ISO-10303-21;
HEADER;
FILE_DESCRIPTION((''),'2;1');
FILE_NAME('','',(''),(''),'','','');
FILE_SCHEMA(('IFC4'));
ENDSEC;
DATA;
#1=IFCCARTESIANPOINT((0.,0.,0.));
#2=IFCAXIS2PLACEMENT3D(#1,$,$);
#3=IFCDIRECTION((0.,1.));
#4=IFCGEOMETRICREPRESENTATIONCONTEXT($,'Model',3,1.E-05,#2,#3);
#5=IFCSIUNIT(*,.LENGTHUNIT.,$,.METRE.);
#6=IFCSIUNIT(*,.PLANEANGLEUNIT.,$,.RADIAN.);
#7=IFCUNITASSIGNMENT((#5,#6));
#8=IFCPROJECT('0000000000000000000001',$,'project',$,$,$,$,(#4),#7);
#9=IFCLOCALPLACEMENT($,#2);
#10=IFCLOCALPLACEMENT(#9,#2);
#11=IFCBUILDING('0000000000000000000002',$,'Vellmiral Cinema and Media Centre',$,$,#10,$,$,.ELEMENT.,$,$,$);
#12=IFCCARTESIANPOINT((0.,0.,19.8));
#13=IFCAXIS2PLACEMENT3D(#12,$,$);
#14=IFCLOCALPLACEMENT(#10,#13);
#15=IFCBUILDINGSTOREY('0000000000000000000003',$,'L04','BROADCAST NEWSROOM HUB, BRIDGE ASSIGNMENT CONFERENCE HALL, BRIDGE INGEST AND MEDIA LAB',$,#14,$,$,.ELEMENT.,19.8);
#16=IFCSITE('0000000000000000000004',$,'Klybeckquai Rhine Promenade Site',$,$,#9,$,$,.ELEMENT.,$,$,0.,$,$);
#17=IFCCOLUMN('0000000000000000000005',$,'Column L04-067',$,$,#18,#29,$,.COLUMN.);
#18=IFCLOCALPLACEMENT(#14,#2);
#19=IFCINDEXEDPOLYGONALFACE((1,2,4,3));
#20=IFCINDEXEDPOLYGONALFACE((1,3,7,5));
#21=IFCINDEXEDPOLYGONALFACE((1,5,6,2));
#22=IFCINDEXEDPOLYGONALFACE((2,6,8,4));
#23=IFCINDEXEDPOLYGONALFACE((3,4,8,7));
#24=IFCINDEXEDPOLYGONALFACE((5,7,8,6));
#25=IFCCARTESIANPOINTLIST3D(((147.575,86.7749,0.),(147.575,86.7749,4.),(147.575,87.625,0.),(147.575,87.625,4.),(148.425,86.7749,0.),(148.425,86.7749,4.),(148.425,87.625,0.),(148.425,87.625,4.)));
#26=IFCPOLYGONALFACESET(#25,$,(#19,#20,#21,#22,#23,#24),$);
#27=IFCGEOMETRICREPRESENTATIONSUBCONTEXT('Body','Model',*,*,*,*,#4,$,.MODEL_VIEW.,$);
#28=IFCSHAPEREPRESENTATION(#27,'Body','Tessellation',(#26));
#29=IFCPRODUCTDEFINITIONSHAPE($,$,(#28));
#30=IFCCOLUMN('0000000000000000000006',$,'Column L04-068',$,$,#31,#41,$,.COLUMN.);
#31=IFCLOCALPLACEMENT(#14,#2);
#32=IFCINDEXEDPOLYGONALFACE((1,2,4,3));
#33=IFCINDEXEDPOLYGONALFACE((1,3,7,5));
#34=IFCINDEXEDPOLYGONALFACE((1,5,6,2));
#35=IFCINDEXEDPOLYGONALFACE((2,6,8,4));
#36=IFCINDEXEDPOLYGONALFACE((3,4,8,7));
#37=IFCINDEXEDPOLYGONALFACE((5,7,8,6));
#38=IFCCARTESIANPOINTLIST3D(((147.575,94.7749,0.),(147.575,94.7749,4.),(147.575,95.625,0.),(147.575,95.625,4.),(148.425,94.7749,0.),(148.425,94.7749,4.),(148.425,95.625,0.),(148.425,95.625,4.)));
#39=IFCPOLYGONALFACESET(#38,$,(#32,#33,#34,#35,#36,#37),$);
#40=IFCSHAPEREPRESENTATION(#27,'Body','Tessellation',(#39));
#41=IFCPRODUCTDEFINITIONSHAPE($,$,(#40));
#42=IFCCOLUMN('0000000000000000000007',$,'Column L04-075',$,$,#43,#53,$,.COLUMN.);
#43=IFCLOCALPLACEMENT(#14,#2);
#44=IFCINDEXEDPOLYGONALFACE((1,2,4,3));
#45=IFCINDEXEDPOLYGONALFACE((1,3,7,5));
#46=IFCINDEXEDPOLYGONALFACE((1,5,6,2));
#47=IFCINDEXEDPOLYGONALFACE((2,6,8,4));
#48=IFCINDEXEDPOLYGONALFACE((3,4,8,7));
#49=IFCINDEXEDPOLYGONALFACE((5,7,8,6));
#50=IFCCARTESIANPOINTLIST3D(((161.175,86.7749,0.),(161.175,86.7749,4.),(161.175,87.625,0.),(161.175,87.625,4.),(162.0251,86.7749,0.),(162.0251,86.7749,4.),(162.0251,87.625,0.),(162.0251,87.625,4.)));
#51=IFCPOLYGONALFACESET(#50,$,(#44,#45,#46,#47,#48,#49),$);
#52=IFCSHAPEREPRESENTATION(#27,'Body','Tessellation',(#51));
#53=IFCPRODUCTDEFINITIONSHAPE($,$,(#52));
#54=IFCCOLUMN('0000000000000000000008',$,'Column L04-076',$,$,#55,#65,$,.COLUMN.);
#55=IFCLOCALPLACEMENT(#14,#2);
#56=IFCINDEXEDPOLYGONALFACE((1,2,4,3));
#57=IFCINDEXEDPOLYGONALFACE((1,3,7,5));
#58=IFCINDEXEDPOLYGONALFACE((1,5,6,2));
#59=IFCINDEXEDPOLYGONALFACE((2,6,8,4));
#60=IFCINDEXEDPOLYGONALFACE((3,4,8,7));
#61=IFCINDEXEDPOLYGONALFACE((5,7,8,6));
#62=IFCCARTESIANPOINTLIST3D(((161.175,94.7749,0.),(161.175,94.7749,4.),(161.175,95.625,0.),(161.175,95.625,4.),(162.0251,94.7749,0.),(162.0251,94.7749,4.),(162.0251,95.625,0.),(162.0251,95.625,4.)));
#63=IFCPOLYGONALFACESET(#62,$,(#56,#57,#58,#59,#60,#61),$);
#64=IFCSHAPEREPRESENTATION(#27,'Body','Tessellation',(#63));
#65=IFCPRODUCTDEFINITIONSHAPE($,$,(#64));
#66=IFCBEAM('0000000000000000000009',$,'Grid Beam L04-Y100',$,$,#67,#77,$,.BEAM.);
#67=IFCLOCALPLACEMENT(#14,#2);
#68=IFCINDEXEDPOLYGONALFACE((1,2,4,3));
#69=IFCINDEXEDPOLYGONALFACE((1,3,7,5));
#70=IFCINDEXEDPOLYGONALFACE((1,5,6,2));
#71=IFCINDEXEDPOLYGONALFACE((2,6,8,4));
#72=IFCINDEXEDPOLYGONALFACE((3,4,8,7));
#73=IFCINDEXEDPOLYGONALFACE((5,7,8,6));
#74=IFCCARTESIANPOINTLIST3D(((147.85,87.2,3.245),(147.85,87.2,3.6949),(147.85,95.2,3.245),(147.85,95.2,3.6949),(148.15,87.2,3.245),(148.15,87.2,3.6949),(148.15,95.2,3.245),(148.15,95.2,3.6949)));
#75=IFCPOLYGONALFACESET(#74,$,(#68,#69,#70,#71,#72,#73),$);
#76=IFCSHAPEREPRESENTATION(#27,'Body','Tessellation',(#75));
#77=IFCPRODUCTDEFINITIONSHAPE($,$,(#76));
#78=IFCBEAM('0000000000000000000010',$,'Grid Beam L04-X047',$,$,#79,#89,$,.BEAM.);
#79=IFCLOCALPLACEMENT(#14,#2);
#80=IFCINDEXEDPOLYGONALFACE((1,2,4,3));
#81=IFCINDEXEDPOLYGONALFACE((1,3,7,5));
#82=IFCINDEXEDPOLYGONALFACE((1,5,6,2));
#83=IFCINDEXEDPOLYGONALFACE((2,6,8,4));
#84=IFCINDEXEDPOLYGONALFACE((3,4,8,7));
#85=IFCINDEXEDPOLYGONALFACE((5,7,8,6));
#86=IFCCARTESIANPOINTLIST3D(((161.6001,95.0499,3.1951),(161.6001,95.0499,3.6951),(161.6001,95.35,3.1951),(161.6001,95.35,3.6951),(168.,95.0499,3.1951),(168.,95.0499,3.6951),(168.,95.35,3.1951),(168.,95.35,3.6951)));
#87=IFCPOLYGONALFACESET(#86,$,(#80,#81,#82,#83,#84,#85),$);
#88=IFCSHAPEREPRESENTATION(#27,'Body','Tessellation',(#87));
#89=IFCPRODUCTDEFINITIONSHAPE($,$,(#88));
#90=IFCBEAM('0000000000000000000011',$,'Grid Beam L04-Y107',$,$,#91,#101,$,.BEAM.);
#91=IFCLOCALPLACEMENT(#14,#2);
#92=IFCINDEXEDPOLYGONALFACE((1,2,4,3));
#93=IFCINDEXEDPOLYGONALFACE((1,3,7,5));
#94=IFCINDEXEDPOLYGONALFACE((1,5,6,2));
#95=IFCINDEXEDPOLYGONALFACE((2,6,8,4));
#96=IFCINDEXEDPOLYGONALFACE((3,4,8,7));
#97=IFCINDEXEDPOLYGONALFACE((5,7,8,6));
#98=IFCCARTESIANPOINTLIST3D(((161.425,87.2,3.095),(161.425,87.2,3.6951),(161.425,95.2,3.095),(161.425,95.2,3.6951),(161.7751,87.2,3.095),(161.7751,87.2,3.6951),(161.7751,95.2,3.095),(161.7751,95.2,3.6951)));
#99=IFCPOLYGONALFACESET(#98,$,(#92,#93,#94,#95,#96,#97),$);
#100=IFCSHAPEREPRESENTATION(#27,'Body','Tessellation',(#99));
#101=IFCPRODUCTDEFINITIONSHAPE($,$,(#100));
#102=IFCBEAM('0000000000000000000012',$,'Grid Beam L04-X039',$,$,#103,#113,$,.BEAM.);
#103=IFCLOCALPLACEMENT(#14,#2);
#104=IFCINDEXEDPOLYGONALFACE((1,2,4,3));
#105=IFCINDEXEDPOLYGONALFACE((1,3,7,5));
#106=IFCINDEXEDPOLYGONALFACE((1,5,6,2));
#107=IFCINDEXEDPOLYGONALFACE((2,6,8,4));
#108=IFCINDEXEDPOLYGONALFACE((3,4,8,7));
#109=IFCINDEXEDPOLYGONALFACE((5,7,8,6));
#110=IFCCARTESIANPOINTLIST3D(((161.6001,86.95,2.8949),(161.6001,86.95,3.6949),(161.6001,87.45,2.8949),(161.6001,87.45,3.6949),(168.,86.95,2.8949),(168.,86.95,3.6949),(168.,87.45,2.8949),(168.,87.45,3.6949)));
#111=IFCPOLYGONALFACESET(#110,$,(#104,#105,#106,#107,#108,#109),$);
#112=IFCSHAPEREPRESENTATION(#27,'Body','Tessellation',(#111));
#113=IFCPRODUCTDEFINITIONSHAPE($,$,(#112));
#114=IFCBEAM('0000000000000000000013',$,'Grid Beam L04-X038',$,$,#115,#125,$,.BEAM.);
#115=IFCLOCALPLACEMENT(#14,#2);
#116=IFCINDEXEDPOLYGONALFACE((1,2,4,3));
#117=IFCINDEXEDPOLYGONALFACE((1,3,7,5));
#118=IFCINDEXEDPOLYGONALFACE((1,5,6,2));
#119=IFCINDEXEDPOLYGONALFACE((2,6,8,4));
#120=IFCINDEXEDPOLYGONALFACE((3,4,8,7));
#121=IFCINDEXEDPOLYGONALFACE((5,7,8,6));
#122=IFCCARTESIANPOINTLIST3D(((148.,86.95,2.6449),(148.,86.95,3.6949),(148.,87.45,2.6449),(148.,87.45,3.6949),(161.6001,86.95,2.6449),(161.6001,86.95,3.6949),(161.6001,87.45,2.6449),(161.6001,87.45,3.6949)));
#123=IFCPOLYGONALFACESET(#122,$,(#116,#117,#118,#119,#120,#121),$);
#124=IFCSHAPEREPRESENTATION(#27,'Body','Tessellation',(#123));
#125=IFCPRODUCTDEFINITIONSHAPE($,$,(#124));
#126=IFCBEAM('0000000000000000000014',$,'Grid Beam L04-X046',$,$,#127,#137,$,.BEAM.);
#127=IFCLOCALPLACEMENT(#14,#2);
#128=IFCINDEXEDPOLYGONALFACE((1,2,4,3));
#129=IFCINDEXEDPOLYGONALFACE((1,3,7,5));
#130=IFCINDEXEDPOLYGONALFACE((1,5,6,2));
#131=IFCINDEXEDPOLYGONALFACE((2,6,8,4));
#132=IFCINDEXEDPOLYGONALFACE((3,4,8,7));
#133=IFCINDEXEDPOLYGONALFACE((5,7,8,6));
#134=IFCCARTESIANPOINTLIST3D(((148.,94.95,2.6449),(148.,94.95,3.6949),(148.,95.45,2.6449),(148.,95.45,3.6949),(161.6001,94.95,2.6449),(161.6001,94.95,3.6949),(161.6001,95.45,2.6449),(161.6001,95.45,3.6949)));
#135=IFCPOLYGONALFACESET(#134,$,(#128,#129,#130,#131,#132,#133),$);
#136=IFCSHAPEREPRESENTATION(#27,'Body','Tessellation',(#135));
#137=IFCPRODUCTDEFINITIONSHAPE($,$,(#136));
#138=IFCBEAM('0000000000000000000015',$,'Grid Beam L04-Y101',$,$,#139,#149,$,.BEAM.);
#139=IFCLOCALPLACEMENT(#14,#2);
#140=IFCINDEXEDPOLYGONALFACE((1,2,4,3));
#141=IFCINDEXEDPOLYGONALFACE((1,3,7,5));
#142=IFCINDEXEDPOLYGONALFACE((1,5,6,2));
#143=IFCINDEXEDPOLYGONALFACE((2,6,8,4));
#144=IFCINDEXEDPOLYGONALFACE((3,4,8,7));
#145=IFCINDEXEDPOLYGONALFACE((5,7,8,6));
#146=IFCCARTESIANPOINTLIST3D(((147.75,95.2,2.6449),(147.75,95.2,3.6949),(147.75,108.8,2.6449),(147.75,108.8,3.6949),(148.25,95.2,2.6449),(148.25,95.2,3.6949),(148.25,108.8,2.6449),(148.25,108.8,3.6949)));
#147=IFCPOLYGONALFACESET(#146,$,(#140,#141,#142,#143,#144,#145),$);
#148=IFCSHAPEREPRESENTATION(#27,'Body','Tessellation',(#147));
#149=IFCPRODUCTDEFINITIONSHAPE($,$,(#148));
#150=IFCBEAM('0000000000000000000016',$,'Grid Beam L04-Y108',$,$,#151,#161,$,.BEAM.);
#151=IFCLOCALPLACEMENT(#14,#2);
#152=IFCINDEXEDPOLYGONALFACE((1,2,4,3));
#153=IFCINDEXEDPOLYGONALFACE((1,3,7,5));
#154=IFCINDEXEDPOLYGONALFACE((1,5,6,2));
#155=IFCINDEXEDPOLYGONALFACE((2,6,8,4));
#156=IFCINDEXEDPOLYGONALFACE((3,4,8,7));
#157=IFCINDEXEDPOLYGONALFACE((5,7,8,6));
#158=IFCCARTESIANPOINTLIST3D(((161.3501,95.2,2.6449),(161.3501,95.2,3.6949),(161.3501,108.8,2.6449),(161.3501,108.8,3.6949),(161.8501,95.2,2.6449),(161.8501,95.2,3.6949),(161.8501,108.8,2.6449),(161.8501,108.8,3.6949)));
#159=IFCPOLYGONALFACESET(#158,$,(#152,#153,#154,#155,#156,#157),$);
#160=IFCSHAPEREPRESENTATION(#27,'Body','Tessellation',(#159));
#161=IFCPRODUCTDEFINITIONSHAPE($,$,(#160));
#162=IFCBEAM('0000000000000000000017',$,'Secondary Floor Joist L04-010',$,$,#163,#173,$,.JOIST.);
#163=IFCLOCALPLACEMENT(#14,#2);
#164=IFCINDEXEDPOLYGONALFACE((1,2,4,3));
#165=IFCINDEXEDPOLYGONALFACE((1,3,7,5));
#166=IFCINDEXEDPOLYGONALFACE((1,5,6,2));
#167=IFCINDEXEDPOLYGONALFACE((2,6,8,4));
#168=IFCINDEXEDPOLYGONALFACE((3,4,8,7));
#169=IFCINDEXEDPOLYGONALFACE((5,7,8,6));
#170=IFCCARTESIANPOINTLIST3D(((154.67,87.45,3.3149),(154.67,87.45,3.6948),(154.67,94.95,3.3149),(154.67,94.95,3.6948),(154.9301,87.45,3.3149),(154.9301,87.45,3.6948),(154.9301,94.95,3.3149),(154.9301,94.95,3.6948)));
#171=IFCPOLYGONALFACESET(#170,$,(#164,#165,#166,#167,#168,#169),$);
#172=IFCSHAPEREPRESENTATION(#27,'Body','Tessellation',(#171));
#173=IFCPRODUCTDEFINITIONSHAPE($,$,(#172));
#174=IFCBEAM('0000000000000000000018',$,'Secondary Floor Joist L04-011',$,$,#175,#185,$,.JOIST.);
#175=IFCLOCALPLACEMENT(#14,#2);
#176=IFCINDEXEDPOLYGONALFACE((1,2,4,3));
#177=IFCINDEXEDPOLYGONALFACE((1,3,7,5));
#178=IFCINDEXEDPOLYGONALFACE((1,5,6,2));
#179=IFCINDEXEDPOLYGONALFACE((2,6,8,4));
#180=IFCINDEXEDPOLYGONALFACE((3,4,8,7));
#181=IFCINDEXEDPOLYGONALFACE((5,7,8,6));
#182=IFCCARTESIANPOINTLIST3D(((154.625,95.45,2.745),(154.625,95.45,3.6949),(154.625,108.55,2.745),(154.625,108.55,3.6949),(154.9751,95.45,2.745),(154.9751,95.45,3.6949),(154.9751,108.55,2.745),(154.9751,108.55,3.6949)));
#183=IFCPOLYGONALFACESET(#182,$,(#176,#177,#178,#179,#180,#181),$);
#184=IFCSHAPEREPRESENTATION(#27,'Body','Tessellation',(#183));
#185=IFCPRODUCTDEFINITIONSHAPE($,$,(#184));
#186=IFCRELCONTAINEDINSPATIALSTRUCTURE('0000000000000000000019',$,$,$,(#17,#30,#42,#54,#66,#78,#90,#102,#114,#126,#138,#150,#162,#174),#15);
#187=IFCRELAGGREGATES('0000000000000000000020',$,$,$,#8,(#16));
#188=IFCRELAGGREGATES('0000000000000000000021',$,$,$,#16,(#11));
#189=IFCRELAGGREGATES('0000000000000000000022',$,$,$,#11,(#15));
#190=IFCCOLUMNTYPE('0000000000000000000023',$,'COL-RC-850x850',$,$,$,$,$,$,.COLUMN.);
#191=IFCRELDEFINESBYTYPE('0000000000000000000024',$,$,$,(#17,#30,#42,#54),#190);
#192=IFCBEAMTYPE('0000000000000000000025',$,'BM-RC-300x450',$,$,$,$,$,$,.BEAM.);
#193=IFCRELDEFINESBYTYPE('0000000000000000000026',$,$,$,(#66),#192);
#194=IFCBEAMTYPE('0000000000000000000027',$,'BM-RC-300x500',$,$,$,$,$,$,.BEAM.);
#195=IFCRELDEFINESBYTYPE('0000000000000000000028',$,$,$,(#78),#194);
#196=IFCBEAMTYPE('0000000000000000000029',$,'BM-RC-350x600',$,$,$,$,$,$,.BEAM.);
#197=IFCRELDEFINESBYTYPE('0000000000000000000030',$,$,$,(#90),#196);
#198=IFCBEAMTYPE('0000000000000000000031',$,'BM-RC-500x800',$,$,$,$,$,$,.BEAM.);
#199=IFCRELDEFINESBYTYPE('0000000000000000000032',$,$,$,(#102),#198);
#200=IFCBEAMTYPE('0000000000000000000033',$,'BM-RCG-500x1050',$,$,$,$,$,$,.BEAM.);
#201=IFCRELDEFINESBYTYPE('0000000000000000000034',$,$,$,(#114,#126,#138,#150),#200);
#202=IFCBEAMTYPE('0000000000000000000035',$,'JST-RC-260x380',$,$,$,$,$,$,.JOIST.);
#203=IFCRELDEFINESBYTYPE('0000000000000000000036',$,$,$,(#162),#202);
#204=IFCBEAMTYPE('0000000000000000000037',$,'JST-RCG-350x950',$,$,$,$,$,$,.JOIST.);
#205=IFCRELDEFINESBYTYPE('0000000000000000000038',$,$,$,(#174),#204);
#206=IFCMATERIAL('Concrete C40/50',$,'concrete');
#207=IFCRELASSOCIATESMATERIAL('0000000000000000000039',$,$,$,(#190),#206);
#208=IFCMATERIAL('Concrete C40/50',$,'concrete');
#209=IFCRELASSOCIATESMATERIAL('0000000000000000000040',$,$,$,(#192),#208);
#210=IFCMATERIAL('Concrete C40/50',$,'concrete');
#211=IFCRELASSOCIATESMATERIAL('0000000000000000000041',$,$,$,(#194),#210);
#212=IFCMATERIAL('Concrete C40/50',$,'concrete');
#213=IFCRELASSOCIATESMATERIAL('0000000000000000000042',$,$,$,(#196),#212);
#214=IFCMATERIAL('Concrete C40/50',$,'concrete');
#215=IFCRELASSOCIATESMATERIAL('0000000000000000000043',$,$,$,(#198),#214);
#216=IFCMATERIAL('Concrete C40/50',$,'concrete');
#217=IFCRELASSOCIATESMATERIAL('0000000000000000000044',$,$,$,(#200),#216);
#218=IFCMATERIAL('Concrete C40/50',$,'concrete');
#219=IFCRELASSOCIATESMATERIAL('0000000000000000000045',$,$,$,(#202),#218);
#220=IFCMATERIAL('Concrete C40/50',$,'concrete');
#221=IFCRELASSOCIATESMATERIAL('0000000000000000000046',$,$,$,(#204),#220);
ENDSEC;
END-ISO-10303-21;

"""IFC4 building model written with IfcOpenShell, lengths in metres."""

from ifc_helpers import new_model, si_unit, direction, frame, origin, origin_2d, place, context, subcontext, project, spatial, rectangle, extrude, material, material_profile, profile_set, type_object, element, save


model = new_model("IFC4")

# Units and contexts
model_context = context("Model", 3, precision=1e-05, world=origin(), true_north=direction((0.0, 1.0)))
body_context = subcontext(model_context, "Body", "Model", "MODEL_VIEW")
ifc_project = project(units=[si_unit("LENGTHUNIT", "METRE"), si_unit("PLANEANGLEUNIT", "RADIAN")], contexts=[model_context])

# Site, building, storey
site_placement = place(None, origin())
site = spatial("IfcSite", under=ifc_project, at=site_placement, Name="Klybeckquai Rhine Promenade Site", CompositionType="ELEMENT", RefElevation=0.0)
building_placement = place(site_placement, origin())
building = spatial("IfcBuilding", under=site, at=building_placement, Name="Vellmiral Cinema and Media Centre", CompositionType="ELEMENT")
storey_placement = place(building_placement, frame((0.0, 0.0, 19.8)))
storey = spatial("IfcBuildingStorey", under=building, at=storey_placement, Name="L04", Description="BROADCAST NEWSROOM HUB, BRIDGE ASSIGNMENT CONFERENCE HALL, BRIDGE INGEST AND MEDIA LAB", CompositionType="ELEMENT", Elevation=19.8)

# Columns
ifc_material_1 = material(Name="Concrete C40/50", Category="concrete")
ifc_material_profile_1 = material_profile(ifc_material_1, rectangle(XDim=0.8501, YDim=0.8501, at=origin_2d()), Name="RC 850x850")
ifc_profile_set_1 = profile_set([ifc_material_profile_1], Name="Concrete C40/50")
column_type = type_object("IfcColumnType", Name="COL-RC-850x850", PredefinedType="COLUMN", material=ifc_profile_set_1)
for number, where, z_axis, x_axis, name in (
    (1, (148.0, 87.2, 0.0), (0.0, 0.0, 1.0), (1.0, 0.0, 0.0), "Column L04-067"),
    (2, (148.0, 95.2, 0.0), (0.0, 0.0, 1.0), (1.0, 0.0, 0.0), "Column L04-068"),
    (3, (161.6001, 87.2, 0.0), (0.0, 0.0, 1.0), (1.0, 0.0, 0.0), "Column L04-075"),
    (4, (161.6001, 95.2, 0.0), (0.0, 0.0, 1.0), (1.0, 0.0, 0.0), "Column L04-076"),
):
    element("IfcColumn", number, at=place(storey_placement, frame(where, z_axis=z_axis, x_axis=x_axis)), inside=storey, type_object=column_type, Name=name, PredefinedType="COLUMN", context=body_context, shape_type="SweptSolid", body=[
        extrude(rectangle(XDim=0.8501, YDim=0.8501, at=origin_2d()), origin(), (0.0, 0.0, 1.0), 4.0),
    ])

# Beams
ifc_material_2 = material(Name="Concrete C40/50", Category="concrete")
ifc_material_profile_2 = material_profile(ifc_material_2, rectangle(XDim=0.3, YDim=0.45, at=origin_2d()), Name="RC 300x450")
ifc_profile_set_2 = profile_set([ifc_material_profile_2], Name="Concrete C40/50")
beam_type_1 = type_object("IfcBeamType", Name="BM-RC-300x450", PredefinedType="BEAM", material=ifc_profile_set_2)
beam_1_placement = place(storey_placement, frame((148.0, 87.2, 3.47), z_axis=(0.0, 1.0, 0.0), x_axis=(-1.0, 0.0, 0.0)))
element("IfcBeam", 5, at=beam_1_placement, inside=storey, type_object=beam_type_1, Name="Grid Beam L04-Y100", PredefinedType="BEAM", context=body_context, shape_type="SweptSolid", body=[
    extrude(rectangle(XDim=0.3, YDim=0.45, at=origin_2d()), origin(), (0.0, 0.0, 1.0), 8.0),
])
ifc_material_3 = material(Name="Concrete C40/50", Category="concrete")
ifc_material_profile_3 = material_profile(ifc_material_3, rectangle(XDim=0.3, YDim=0.5, at=origin_2d()), Name="RC 300x500")
ifc_profile_set_3 = profile_set([ifc_material_profile_3], Name="Concrete C40/50")
beam_type_2 = type_object("IfcBeamType", Name="BM-RC-300x500", PredefinedType="BEAM", material=ifc_profile_set_3)
beam_2_placement = place(storey_placement, frame((161.6001, 95.2, 3.4451), z_axis=(1.0, 0.0, 0.0), x_axis=(0.0, 1.0, 0.0)))
element("IfcBeam", 6, at=beam_2_placement, inside=storey, type_object=beam_type_2, Name="Grid Beam L04-X047", PredefinedType="BEAM", context=body_context, shape_type="SweptSolid", body=[
    extrude(rectangle(XDim=0.3, YDim=0.5, at=origin_2d()), origin(), (0.0, 0.0, 1.0), 6.3999),
])
ifc_material_4 = material(Name="Concrete C40/50", Category="concrete")
ifc_material_profile_4 = material_profile(ifc_material_4, rectangle(XDim=0.3501, YDim=0.6001, at=origin_2d()), Name="RC 350x600")
ifc_profile_set_4 = profile_set([ifc_material_profile_4], Name="Concrete C40/50")
beam_type_3 = type_object("IfcBeamType", Name="BM-RC-350x600", PredefinedType="BEAM", material=ifc_profile_set_4)
beam_3_placement = place(storey_placement, frame((161.6001, 87.2, 3.395), z_axis=(0.0, 1.0, 0.0), x_axis=(-1.0, 0.0, 0.0)))
element("IfcBeam", 7, at=beam_3_placement, inside=storey, type_object=beam_type_3, Name="Grid Beam L04-Y107", PredefinedType="BEAM", context=body_context, shape_type="SweptSolid", body=[
    extrude(rectangle(XDim=0.3501, YDim=0.6001, at=origin_2d()), origin(), (0.0, 0.0, 1.0), 8.0),
])
ifc_material_5 = material(Name="Concrete C40/50", Category="concrete")
ifc_material_profile_5 = material_profile(ifc_material_5, rectangle(XDim=0.5, YDim=0.8, at=origin_2d()), Name="RC 500x800")
ifc_profile_set_5 = profile_set([ifc_material_profile_5], Name="Concrete C40/50")
beam_type_4 = type_object("IfcBeamType", Name="BM-RC-500x800", PredefinedType="BEAM", material=ifc_profile_set_5)
beam_4_placement = place(storey_placement, frame((161.6001, 87.2, 3.2949), z_axis=(1.0, 0.0, 0.0), x_axis=(0.0, 1.0, 0.0)))
element("IfcBeam", 8, at=beam_4_placement, inside=storey, type_object=beam_type_4, Name="Grid Beam L04-X039", PredefinedType="BEAM", context=body_context, shape_type="SweptSolid", body=[
    extrude(rectangle(XDim=0.5, YDim=0.8, at=origin_2d()), origin(), (0.0, 0.0, 1.0), 6.3999),
])
ifc_material_6 = material(Name="Concrete C40/50", Category="concrete")
ifc_material_profile_6 = material_profile(ifc_material_6, rectangle(XDim=0.5, YDim=1.05, at=origin_2d()), Name="RC 500x1050")
ifc_profile_set_6 = profile_set([ifc_material_profile_6], Name="Concrete C40/50")
beam_type_5 = type_object("IfcBeamType", Name="BM-RCG-500x1050", PredefinedType="BEAM", material=ifc_profile_set_6)
for number, where, z_axis, x_axis, name in (
    (9, (148.0, 87.2, 3.1699), (1.0, 0.0, 0.0), (0.0, 1.0, 0.0), "Grid Beam L04-X038"),
    (10, (148.0, 95.2, 3.1699), (1.0, 0.0, 0.0), (0.0, 1.0, 0.0), "Grid Beam L04-X046"),
    (11, (148.0, 95.2, 3.1699), (0.0, 1.0, 0.0), (-1.0, 0.0, 0.0), "Grid Beam L04-Y101"),
    (12, (161.6001, 95.2, 3.1699), (0.0, 1.0, 0.0), (-1.0, 0.0, 0.0), "Grid Beam L04-Y108"),
):
    element("IfcBeam", number, at=place(storey_placement, frame(where, z_axis=z_axis, x_axis=x_axis)), inside=storey, type_object=beam_type_5, Name=name, PredefinedType="BEAM", context=body_context, shape_type="SweptSolid", body=[
        extrude(rectangle(XDim=0.5, YDim=1.05, at=origin_2d()), origin(), (0.0, 0.0, 1.0), 13.6001),
    ])
ifc_material_7 = material(Name="Concrete C40/50", Category="concrete")
ifc_material_profile_7 = material_profile(ifc_material_7, rectangle(XDim=0.26, YDim=0.3799, at=origin_2d()), Name="RC 260x380")
ifc_profile_set_7 = profile_set([ifc_material_profile_7], Name="Concrete C40/50")
beam_type_6 = type_object("IfcBeamType", Name="JST-RC-260x380", PredefinedType="JOIST", material=ifc_profile_set_7)
beam_5_placement = place(storey_placement, frame((154.8, 87.45, 3.5049), z_axis=(0.0, 1.0, 0.0), x_axis=(-1.0, 0.0, 0.0)))
element("IfcBeam", 13, at=beam_5_placement, inside=storey, type_object=beam_type_6, Name="Secondary Floor Joist L04-010", PredefinedType="JOIST", context=body_context, shape_type="SweptSolid", body=[
    extrude(rectangle(XDim=0.26, YDim=0.3799, at=origin_2d()), origin(), (0.0, 0.0, 1.0), 7.5),
])
ifc_material_8 = material(Name="Concrete C40/50", Category="concrete")
ifc_material_profile_8 = material_profile(ifc_material_8, rectangle(XDim=0.3501, YDim=0.95, at=origin_2d()), Name="RC 350x950")
ifc_profile_set_8 = profile_set([ifc_material_profile_8], Name="Concrete C40/50")
beam_type_7 = type_object("IfcBeamType", Name="JST-RCG-350x950", PredefinedType="JOIST", material=ifc_profile_set_8)
beam_6_placement = place(storey_placement, frame((154.8, 95.45, 3.22), z_axis=(0.0, 1.0, 0.0), x_axis=(-1.0, 0.0, 0.0)))
element("IfcBeam", 14, at=beam_6_placement, inside=storey, type_object=beam_type_7, Name="Secondary Floor Joist L04-011", PredefinedType="JOIST", context=body_context, shape_type="SweptSolid", body=[
    extrude(rectangle(XDim=0.3501, YDim=0.95, at=origin_2d()), origin(), (0.0, 0.0, 1.0), 13.1001),
])

save(model, "model.ifc")
